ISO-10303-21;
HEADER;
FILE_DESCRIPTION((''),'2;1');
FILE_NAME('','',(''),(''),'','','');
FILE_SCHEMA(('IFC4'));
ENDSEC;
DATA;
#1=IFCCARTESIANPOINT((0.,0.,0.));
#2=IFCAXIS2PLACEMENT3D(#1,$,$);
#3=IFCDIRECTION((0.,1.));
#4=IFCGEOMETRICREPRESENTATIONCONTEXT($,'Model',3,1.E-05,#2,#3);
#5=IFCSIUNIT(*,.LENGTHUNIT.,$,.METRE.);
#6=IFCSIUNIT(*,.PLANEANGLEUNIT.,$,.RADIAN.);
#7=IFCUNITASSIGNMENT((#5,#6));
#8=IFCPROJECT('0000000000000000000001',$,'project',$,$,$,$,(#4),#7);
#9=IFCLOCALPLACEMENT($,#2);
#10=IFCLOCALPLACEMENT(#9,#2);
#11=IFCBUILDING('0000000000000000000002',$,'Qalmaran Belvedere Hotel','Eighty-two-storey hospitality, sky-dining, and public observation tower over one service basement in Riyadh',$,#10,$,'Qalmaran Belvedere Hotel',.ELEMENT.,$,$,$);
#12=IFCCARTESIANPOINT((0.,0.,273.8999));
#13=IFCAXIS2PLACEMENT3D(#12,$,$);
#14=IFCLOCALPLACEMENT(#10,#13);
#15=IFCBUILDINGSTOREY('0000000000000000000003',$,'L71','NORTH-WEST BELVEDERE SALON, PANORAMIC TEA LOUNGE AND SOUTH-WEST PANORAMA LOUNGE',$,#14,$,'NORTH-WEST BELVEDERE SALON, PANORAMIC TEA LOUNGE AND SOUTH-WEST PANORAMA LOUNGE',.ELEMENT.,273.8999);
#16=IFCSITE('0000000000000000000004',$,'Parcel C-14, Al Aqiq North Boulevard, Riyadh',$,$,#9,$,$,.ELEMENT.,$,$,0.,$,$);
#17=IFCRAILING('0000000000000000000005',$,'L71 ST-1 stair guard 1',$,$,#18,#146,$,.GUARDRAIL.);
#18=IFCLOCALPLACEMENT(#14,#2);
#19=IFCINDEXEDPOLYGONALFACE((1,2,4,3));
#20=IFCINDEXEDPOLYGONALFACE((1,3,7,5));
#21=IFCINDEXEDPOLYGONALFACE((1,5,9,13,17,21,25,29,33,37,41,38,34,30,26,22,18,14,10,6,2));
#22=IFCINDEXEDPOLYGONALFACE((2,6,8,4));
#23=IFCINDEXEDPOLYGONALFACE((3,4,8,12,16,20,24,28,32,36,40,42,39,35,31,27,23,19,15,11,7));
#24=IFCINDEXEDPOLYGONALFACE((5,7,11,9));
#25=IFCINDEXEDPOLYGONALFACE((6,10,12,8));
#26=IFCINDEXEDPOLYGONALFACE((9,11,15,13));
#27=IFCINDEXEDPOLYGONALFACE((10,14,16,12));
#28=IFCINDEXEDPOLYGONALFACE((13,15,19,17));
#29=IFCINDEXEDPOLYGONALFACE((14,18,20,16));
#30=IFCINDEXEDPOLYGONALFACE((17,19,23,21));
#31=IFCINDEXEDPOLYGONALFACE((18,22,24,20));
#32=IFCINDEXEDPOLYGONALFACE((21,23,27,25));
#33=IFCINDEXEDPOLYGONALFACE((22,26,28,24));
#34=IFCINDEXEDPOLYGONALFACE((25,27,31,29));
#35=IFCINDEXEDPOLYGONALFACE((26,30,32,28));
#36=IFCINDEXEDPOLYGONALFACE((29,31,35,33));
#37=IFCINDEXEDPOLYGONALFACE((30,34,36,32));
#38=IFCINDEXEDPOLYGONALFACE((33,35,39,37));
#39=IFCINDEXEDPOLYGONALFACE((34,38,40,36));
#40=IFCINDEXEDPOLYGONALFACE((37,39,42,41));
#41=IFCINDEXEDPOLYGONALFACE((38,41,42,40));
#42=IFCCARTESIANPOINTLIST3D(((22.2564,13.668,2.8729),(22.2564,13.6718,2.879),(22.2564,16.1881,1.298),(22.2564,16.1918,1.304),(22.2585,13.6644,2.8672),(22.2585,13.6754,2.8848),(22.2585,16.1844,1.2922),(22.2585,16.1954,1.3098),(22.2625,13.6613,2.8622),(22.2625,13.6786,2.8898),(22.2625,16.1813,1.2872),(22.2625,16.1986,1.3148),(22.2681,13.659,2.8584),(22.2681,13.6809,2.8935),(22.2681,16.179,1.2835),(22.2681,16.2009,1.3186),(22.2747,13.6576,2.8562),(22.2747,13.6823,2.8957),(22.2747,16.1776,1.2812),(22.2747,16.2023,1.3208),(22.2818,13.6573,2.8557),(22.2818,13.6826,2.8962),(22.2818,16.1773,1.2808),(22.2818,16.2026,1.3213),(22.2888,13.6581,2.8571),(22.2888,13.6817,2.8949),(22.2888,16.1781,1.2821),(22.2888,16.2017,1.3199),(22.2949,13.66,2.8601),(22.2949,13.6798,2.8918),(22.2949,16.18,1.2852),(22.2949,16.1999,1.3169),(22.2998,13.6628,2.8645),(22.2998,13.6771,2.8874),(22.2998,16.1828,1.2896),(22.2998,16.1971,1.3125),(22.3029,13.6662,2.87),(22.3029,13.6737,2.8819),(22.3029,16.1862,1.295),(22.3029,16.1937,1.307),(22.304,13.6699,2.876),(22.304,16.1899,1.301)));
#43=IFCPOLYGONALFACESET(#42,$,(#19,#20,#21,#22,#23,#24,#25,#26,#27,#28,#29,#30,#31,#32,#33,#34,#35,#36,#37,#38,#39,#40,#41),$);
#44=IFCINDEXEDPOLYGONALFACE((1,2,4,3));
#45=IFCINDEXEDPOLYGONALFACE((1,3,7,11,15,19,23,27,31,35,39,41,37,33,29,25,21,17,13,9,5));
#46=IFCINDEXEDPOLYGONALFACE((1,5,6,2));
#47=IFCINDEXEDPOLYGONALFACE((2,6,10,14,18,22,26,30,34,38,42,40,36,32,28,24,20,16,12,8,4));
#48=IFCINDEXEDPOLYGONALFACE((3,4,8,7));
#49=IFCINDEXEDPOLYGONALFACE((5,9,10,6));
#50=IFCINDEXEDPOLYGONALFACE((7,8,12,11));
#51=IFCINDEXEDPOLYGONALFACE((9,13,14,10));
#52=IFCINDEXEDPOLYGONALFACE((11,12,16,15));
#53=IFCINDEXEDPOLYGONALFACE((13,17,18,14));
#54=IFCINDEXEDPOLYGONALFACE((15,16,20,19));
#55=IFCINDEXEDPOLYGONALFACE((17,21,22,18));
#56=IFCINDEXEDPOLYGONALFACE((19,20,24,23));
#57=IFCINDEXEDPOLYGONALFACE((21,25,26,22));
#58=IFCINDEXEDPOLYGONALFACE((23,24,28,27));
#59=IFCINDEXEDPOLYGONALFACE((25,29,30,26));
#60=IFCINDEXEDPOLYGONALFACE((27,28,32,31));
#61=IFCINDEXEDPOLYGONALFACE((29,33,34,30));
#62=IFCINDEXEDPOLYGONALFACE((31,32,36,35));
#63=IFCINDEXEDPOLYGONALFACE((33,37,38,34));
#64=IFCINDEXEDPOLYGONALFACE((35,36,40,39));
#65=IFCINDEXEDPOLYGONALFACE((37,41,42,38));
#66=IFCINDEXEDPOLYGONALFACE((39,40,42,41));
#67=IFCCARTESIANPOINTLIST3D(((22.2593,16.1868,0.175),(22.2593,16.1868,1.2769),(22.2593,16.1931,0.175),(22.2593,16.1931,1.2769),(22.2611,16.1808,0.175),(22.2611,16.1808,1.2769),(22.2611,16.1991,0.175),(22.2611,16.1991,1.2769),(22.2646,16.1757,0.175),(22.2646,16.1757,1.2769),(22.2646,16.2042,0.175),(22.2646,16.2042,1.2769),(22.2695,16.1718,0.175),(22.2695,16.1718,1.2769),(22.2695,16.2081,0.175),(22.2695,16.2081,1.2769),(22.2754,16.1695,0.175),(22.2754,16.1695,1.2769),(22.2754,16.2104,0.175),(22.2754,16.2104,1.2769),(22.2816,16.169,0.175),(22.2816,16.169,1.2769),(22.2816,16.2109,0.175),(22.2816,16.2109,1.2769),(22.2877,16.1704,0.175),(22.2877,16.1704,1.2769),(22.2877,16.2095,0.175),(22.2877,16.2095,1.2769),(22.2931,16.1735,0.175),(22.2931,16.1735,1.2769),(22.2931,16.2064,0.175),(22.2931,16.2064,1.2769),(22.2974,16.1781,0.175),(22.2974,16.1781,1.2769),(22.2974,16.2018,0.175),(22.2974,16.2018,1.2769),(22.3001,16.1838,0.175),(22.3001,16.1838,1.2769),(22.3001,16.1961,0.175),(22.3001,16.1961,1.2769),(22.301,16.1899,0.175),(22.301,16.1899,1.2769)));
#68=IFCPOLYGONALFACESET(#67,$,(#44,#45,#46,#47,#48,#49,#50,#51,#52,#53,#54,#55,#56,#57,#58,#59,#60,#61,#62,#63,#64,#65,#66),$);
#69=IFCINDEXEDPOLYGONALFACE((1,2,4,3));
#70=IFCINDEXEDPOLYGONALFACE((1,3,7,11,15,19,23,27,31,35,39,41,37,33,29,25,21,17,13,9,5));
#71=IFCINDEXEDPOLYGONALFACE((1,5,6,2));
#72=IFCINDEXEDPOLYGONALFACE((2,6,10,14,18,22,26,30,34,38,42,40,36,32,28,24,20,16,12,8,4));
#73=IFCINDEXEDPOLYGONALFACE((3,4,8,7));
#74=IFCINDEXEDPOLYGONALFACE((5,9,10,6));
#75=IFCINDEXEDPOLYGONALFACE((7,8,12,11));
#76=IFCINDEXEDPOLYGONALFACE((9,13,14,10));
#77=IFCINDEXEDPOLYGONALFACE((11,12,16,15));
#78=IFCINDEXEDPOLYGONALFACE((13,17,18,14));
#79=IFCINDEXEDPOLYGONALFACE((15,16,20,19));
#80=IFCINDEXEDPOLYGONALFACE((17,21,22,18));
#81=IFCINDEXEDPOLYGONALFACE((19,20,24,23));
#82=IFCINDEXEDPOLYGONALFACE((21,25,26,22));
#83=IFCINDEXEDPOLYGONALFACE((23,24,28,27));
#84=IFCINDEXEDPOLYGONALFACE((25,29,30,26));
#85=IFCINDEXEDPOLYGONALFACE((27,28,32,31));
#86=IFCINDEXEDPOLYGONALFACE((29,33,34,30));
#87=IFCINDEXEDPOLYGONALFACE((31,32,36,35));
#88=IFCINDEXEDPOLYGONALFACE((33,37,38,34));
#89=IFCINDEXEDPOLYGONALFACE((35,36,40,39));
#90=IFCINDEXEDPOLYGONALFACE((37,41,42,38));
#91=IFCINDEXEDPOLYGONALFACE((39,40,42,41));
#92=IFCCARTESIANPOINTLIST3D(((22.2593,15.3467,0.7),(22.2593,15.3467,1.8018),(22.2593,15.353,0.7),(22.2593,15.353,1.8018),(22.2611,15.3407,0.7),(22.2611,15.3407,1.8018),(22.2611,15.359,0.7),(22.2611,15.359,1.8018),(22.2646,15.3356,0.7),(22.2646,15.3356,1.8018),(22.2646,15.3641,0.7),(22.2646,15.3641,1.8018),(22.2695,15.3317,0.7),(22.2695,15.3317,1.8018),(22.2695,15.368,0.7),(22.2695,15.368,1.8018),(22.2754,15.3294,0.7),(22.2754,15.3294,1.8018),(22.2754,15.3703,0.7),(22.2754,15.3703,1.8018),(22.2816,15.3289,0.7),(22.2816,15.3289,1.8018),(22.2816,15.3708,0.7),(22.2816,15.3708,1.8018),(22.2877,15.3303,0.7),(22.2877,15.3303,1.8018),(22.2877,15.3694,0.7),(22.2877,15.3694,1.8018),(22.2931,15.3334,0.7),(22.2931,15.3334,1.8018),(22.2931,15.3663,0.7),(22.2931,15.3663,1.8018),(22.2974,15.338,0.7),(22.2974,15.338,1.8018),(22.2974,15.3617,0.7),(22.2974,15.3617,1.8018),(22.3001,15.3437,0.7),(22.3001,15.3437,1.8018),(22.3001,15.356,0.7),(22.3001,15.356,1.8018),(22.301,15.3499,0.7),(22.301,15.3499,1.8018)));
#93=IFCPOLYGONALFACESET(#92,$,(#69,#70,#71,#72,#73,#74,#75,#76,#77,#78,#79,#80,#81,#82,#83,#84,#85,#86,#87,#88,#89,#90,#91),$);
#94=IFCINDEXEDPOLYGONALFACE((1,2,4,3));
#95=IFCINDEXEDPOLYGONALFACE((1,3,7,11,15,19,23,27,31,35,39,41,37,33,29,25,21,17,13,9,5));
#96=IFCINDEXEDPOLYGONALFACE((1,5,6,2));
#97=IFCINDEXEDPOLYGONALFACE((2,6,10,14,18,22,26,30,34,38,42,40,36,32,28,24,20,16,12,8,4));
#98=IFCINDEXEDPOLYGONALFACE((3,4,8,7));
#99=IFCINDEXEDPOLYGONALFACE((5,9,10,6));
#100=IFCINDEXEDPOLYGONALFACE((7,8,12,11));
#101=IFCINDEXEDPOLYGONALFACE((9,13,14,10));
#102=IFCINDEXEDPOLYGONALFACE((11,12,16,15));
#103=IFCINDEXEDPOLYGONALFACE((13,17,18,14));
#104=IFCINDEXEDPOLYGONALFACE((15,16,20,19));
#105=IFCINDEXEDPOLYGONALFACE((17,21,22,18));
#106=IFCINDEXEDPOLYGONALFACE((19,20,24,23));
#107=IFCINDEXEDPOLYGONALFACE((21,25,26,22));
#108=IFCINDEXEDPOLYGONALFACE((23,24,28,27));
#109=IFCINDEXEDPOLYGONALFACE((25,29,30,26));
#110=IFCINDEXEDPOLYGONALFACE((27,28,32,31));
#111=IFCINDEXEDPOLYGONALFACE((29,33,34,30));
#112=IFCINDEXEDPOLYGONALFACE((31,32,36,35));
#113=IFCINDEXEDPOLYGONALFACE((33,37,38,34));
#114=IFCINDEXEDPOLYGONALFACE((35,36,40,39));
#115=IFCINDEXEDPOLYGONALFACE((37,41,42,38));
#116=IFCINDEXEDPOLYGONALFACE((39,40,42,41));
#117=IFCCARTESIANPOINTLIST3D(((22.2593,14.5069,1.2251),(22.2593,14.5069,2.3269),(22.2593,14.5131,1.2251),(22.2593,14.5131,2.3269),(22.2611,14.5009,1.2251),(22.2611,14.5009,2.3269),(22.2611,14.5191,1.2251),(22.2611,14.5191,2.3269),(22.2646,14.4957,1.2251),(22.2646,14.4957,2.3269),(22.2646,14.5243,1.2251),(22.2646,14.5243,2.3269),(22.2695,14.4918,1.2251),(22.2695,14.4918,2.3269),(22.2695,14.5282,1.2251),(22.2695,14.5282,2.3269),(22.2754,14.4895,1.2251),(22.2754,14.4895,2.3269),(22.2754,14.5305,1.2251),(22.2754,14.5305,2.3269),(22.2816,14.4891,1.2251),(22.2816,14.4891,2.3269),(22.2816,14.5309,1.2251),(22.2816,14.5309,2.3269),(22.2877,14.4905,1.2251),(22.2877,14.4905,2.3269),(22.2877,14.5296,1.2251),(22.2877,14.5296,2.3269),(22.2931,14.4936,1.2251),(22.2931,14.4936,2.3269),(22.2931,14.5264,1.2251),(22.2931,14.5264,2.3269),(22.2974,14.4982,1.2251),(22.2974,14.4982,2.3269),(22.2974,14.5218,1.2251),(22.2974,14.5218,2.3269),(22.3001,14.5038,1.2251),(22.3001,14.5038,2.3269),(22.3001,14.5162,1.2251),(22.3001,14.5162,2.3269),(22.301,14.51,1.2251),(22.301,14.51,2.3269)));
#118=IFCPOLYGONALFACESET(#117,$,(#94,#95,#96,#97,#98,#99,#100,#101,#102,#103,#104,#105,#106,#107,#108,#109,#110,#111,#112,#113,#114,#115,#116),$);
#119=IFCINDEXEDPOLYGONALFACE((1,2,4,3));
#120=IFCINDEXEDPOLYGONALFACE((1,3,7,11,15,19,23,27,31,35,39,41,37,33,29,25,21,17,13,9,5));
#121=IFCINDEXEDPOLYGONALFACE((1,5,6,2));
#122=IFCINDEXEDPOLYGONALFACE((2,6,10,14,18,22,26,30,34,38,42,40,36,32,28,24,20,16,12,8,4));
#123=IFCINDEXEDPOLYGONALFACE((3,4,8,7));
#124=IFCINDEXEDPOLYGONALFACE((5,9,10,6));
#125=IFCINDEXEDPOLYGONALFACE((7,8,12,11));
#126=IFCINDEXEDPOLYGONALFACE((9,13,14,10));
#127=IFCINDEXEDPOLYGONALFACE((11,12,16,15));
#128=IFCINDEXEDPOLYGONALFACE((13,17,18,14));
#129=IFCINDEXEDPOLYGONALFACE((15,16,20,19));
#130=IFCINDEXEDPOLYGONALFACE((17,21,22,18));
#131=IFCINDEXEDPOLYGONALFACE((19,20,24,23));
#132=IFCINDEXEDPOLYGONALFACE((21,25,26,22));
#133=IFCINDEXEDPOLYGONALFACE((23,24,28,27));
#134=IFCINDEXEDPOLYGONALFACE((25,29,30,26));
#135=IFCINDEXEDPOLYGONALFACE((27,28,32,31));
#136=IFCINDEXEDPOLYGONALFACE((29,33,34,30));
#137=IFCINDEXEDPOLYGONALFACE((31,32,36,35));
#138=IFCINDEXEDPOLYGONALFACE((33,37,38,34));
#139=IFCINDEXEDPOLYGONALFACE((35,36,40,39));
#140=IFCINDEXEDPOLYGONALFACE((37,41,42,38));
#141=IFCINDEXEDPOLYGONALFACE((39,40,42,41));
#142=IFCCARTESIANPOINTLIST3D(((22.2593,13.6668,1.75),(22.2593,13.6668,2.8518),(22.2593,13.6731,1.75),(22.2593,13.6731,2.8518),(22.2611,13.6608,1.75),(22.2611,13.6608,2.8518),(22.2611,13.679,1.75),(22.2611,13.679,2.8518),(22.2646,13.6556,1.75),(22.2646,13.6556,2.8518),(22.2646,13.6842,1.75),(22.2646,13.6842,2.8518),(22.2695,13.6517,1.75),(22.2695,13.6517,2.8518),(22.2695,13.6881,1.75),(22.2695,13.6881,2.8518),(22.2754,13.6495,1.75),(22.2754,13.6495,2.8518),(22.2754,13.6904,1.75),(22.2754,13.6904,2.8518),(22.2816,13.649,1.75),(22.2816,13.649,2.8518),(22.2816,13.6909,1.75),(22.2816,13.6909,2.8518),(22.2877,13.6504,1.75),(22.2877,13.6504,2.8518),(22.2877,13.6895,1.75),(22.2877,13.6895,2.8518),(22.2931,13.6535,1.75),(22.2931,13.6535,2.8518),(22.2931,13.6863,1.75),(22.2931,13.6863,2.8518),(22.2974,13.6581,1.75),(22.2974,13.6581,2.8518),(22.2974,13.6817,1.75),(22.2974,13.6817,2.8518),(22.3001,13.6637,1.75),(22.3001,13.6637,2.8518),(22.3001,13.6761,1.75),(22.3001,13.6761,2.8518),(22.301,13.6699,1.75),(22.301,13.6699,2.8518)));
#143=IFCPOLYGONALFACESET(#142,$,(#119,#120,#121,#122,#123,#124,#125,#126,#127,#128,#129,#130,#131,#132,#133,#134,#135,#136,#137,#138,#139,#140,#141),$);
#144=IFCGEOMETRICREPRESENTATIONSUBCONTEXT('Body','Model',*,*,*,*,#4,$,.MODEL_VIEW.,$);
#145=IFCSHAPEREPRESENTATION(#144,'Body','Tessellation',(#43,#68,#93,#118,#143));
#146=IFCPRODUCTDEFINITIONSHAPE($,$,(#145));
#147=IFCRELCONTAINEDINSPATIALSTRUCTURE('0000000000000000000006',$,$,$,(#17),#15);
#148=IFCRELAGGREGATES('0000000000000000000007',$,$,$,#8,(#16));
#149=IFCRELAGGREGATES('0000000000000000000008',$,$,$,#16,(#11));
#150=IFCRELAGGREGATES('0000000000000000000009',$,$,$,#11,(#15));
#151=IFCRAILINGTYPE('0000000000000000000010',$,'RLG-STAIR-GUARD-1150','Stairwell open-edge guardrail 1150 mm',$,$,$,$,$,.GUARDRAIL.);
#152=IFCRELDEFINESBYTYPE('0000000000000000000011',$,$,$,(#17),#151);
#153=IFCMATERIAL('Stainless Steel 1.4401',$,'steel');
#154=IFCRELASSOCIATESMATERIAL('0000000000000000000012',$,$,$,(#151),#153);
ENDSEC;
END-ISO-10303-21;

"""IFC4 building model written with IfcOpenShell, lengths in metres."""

from ifc_helpers import new_model, si_unit, direction, frame, origin, origin_2d, place, context, subcontext, project, spatial, circle, extrude, material, type_object, element, save


model = new_model("IFC4")

# Units and contexts
model_context = context("Model", 3, precision=1e-05, world=origin(), true_north=direction((0.0, 1.0)))
body_context = subcontext(model_context, "Body", "Model", "MODEL_VIEW")
ifc_project = project(units=[si_unit("LENGTHUNIT", "METRE"), si_unit("PLANEANGLEUNIT", "RADIAN")], contexts=[model_context])

# Site, building, storey
site_placement = place(None, origin())
site = spatial("IfcSite", under=ifc_project, at=site_placement, Name="Parcel C-14, Al Aqiq North Boulevard, Riyadh", CompositionType="ELEMENT", RefElevation=0.0)
building_placement = place(site_placement, origin())
building = spatial("IfcBuilding", under=site, at=building_placement, Name="Qalmaran Belvedere Hotel", Description="Eighty-two-storey hospitality, sky-dining, and public observation tower over one service basement in Riyadh", LongName="Qalmaran Belvedere Hotel", CompositionType="ELEMENT")
storey_placement = place(building_placement, frame((0.0, 0.0, 273.8999)))
storey = spatial("IfcBuildingStorey", under=building, at=storey_placement, Name="L71", Description="NORTH-WEST BELVEDERE SALON, PANORAMIC TEA LOUNGE AND SOUTH-WEST PANORAMA LOUNGE", LongName="NORTH-WEST BELVEDERE SALON, PANORAMIC TEA LOUNGE AND SOUTH-WEST PANORAMA LOUNGE", CompositionType="ELEMENT", Elevation=273.8999)

# Railing
ifc_material_1 = material(Name="Stainless Steel 1.4401", Category="steel")
railing_type_1 = type_object("IfcRailingType", Name="RLG-STAIR-GUARD-1150", Description="Stairwell open-edge guardrail 1150 mm", PredefinedType="GUARDRAIL", material=ifc_material_1)
railing_1_placement = place(storey_placement, frame((22.28, 16.1899, 0.175)))
element("IfcRailing", 1, at=railing_1_placement, inside=storey, type_object=railing_type_1, Name="L71 ST-1 stair guard 1", PredefinedType="GUARDRAIL", context=body_context, shape_type="SweptSolid", body=[
    extrude(circle(Radius=0.0239, at=origin_2d()), frame((0.0, 0.0, 1.126), z_axis=(0.0, -0.848008, 0.529984), x_axis=(1.0, 0.0, 0.0)), (0.0, 0.0, 1.0), 2.9717),
    extrude(circle(Radius=0.021, at=origin_2d()), origin(), (0.0, 0.0, 1.0), 1.1018),
    extrude(circle(Radius=0.021, at=origin_2d()), frame((0.0, -0.8401, 0.5249)), (0.0, 0.0, 1.0), 1.1018),
    extrude(circle(Radius=0.021, at=origin_2d()), frame((0.0, -1.6799, 1.05)), (0.0, 0.0, 1.0), 1.1018),
    extrude(circle(Radius=0.021, at=origin_2d()), frame((0.0, -2.52, 1.575)), (0.0, 0.0, 1.0), 1.1018),
])

save(model, "model.ifc")
